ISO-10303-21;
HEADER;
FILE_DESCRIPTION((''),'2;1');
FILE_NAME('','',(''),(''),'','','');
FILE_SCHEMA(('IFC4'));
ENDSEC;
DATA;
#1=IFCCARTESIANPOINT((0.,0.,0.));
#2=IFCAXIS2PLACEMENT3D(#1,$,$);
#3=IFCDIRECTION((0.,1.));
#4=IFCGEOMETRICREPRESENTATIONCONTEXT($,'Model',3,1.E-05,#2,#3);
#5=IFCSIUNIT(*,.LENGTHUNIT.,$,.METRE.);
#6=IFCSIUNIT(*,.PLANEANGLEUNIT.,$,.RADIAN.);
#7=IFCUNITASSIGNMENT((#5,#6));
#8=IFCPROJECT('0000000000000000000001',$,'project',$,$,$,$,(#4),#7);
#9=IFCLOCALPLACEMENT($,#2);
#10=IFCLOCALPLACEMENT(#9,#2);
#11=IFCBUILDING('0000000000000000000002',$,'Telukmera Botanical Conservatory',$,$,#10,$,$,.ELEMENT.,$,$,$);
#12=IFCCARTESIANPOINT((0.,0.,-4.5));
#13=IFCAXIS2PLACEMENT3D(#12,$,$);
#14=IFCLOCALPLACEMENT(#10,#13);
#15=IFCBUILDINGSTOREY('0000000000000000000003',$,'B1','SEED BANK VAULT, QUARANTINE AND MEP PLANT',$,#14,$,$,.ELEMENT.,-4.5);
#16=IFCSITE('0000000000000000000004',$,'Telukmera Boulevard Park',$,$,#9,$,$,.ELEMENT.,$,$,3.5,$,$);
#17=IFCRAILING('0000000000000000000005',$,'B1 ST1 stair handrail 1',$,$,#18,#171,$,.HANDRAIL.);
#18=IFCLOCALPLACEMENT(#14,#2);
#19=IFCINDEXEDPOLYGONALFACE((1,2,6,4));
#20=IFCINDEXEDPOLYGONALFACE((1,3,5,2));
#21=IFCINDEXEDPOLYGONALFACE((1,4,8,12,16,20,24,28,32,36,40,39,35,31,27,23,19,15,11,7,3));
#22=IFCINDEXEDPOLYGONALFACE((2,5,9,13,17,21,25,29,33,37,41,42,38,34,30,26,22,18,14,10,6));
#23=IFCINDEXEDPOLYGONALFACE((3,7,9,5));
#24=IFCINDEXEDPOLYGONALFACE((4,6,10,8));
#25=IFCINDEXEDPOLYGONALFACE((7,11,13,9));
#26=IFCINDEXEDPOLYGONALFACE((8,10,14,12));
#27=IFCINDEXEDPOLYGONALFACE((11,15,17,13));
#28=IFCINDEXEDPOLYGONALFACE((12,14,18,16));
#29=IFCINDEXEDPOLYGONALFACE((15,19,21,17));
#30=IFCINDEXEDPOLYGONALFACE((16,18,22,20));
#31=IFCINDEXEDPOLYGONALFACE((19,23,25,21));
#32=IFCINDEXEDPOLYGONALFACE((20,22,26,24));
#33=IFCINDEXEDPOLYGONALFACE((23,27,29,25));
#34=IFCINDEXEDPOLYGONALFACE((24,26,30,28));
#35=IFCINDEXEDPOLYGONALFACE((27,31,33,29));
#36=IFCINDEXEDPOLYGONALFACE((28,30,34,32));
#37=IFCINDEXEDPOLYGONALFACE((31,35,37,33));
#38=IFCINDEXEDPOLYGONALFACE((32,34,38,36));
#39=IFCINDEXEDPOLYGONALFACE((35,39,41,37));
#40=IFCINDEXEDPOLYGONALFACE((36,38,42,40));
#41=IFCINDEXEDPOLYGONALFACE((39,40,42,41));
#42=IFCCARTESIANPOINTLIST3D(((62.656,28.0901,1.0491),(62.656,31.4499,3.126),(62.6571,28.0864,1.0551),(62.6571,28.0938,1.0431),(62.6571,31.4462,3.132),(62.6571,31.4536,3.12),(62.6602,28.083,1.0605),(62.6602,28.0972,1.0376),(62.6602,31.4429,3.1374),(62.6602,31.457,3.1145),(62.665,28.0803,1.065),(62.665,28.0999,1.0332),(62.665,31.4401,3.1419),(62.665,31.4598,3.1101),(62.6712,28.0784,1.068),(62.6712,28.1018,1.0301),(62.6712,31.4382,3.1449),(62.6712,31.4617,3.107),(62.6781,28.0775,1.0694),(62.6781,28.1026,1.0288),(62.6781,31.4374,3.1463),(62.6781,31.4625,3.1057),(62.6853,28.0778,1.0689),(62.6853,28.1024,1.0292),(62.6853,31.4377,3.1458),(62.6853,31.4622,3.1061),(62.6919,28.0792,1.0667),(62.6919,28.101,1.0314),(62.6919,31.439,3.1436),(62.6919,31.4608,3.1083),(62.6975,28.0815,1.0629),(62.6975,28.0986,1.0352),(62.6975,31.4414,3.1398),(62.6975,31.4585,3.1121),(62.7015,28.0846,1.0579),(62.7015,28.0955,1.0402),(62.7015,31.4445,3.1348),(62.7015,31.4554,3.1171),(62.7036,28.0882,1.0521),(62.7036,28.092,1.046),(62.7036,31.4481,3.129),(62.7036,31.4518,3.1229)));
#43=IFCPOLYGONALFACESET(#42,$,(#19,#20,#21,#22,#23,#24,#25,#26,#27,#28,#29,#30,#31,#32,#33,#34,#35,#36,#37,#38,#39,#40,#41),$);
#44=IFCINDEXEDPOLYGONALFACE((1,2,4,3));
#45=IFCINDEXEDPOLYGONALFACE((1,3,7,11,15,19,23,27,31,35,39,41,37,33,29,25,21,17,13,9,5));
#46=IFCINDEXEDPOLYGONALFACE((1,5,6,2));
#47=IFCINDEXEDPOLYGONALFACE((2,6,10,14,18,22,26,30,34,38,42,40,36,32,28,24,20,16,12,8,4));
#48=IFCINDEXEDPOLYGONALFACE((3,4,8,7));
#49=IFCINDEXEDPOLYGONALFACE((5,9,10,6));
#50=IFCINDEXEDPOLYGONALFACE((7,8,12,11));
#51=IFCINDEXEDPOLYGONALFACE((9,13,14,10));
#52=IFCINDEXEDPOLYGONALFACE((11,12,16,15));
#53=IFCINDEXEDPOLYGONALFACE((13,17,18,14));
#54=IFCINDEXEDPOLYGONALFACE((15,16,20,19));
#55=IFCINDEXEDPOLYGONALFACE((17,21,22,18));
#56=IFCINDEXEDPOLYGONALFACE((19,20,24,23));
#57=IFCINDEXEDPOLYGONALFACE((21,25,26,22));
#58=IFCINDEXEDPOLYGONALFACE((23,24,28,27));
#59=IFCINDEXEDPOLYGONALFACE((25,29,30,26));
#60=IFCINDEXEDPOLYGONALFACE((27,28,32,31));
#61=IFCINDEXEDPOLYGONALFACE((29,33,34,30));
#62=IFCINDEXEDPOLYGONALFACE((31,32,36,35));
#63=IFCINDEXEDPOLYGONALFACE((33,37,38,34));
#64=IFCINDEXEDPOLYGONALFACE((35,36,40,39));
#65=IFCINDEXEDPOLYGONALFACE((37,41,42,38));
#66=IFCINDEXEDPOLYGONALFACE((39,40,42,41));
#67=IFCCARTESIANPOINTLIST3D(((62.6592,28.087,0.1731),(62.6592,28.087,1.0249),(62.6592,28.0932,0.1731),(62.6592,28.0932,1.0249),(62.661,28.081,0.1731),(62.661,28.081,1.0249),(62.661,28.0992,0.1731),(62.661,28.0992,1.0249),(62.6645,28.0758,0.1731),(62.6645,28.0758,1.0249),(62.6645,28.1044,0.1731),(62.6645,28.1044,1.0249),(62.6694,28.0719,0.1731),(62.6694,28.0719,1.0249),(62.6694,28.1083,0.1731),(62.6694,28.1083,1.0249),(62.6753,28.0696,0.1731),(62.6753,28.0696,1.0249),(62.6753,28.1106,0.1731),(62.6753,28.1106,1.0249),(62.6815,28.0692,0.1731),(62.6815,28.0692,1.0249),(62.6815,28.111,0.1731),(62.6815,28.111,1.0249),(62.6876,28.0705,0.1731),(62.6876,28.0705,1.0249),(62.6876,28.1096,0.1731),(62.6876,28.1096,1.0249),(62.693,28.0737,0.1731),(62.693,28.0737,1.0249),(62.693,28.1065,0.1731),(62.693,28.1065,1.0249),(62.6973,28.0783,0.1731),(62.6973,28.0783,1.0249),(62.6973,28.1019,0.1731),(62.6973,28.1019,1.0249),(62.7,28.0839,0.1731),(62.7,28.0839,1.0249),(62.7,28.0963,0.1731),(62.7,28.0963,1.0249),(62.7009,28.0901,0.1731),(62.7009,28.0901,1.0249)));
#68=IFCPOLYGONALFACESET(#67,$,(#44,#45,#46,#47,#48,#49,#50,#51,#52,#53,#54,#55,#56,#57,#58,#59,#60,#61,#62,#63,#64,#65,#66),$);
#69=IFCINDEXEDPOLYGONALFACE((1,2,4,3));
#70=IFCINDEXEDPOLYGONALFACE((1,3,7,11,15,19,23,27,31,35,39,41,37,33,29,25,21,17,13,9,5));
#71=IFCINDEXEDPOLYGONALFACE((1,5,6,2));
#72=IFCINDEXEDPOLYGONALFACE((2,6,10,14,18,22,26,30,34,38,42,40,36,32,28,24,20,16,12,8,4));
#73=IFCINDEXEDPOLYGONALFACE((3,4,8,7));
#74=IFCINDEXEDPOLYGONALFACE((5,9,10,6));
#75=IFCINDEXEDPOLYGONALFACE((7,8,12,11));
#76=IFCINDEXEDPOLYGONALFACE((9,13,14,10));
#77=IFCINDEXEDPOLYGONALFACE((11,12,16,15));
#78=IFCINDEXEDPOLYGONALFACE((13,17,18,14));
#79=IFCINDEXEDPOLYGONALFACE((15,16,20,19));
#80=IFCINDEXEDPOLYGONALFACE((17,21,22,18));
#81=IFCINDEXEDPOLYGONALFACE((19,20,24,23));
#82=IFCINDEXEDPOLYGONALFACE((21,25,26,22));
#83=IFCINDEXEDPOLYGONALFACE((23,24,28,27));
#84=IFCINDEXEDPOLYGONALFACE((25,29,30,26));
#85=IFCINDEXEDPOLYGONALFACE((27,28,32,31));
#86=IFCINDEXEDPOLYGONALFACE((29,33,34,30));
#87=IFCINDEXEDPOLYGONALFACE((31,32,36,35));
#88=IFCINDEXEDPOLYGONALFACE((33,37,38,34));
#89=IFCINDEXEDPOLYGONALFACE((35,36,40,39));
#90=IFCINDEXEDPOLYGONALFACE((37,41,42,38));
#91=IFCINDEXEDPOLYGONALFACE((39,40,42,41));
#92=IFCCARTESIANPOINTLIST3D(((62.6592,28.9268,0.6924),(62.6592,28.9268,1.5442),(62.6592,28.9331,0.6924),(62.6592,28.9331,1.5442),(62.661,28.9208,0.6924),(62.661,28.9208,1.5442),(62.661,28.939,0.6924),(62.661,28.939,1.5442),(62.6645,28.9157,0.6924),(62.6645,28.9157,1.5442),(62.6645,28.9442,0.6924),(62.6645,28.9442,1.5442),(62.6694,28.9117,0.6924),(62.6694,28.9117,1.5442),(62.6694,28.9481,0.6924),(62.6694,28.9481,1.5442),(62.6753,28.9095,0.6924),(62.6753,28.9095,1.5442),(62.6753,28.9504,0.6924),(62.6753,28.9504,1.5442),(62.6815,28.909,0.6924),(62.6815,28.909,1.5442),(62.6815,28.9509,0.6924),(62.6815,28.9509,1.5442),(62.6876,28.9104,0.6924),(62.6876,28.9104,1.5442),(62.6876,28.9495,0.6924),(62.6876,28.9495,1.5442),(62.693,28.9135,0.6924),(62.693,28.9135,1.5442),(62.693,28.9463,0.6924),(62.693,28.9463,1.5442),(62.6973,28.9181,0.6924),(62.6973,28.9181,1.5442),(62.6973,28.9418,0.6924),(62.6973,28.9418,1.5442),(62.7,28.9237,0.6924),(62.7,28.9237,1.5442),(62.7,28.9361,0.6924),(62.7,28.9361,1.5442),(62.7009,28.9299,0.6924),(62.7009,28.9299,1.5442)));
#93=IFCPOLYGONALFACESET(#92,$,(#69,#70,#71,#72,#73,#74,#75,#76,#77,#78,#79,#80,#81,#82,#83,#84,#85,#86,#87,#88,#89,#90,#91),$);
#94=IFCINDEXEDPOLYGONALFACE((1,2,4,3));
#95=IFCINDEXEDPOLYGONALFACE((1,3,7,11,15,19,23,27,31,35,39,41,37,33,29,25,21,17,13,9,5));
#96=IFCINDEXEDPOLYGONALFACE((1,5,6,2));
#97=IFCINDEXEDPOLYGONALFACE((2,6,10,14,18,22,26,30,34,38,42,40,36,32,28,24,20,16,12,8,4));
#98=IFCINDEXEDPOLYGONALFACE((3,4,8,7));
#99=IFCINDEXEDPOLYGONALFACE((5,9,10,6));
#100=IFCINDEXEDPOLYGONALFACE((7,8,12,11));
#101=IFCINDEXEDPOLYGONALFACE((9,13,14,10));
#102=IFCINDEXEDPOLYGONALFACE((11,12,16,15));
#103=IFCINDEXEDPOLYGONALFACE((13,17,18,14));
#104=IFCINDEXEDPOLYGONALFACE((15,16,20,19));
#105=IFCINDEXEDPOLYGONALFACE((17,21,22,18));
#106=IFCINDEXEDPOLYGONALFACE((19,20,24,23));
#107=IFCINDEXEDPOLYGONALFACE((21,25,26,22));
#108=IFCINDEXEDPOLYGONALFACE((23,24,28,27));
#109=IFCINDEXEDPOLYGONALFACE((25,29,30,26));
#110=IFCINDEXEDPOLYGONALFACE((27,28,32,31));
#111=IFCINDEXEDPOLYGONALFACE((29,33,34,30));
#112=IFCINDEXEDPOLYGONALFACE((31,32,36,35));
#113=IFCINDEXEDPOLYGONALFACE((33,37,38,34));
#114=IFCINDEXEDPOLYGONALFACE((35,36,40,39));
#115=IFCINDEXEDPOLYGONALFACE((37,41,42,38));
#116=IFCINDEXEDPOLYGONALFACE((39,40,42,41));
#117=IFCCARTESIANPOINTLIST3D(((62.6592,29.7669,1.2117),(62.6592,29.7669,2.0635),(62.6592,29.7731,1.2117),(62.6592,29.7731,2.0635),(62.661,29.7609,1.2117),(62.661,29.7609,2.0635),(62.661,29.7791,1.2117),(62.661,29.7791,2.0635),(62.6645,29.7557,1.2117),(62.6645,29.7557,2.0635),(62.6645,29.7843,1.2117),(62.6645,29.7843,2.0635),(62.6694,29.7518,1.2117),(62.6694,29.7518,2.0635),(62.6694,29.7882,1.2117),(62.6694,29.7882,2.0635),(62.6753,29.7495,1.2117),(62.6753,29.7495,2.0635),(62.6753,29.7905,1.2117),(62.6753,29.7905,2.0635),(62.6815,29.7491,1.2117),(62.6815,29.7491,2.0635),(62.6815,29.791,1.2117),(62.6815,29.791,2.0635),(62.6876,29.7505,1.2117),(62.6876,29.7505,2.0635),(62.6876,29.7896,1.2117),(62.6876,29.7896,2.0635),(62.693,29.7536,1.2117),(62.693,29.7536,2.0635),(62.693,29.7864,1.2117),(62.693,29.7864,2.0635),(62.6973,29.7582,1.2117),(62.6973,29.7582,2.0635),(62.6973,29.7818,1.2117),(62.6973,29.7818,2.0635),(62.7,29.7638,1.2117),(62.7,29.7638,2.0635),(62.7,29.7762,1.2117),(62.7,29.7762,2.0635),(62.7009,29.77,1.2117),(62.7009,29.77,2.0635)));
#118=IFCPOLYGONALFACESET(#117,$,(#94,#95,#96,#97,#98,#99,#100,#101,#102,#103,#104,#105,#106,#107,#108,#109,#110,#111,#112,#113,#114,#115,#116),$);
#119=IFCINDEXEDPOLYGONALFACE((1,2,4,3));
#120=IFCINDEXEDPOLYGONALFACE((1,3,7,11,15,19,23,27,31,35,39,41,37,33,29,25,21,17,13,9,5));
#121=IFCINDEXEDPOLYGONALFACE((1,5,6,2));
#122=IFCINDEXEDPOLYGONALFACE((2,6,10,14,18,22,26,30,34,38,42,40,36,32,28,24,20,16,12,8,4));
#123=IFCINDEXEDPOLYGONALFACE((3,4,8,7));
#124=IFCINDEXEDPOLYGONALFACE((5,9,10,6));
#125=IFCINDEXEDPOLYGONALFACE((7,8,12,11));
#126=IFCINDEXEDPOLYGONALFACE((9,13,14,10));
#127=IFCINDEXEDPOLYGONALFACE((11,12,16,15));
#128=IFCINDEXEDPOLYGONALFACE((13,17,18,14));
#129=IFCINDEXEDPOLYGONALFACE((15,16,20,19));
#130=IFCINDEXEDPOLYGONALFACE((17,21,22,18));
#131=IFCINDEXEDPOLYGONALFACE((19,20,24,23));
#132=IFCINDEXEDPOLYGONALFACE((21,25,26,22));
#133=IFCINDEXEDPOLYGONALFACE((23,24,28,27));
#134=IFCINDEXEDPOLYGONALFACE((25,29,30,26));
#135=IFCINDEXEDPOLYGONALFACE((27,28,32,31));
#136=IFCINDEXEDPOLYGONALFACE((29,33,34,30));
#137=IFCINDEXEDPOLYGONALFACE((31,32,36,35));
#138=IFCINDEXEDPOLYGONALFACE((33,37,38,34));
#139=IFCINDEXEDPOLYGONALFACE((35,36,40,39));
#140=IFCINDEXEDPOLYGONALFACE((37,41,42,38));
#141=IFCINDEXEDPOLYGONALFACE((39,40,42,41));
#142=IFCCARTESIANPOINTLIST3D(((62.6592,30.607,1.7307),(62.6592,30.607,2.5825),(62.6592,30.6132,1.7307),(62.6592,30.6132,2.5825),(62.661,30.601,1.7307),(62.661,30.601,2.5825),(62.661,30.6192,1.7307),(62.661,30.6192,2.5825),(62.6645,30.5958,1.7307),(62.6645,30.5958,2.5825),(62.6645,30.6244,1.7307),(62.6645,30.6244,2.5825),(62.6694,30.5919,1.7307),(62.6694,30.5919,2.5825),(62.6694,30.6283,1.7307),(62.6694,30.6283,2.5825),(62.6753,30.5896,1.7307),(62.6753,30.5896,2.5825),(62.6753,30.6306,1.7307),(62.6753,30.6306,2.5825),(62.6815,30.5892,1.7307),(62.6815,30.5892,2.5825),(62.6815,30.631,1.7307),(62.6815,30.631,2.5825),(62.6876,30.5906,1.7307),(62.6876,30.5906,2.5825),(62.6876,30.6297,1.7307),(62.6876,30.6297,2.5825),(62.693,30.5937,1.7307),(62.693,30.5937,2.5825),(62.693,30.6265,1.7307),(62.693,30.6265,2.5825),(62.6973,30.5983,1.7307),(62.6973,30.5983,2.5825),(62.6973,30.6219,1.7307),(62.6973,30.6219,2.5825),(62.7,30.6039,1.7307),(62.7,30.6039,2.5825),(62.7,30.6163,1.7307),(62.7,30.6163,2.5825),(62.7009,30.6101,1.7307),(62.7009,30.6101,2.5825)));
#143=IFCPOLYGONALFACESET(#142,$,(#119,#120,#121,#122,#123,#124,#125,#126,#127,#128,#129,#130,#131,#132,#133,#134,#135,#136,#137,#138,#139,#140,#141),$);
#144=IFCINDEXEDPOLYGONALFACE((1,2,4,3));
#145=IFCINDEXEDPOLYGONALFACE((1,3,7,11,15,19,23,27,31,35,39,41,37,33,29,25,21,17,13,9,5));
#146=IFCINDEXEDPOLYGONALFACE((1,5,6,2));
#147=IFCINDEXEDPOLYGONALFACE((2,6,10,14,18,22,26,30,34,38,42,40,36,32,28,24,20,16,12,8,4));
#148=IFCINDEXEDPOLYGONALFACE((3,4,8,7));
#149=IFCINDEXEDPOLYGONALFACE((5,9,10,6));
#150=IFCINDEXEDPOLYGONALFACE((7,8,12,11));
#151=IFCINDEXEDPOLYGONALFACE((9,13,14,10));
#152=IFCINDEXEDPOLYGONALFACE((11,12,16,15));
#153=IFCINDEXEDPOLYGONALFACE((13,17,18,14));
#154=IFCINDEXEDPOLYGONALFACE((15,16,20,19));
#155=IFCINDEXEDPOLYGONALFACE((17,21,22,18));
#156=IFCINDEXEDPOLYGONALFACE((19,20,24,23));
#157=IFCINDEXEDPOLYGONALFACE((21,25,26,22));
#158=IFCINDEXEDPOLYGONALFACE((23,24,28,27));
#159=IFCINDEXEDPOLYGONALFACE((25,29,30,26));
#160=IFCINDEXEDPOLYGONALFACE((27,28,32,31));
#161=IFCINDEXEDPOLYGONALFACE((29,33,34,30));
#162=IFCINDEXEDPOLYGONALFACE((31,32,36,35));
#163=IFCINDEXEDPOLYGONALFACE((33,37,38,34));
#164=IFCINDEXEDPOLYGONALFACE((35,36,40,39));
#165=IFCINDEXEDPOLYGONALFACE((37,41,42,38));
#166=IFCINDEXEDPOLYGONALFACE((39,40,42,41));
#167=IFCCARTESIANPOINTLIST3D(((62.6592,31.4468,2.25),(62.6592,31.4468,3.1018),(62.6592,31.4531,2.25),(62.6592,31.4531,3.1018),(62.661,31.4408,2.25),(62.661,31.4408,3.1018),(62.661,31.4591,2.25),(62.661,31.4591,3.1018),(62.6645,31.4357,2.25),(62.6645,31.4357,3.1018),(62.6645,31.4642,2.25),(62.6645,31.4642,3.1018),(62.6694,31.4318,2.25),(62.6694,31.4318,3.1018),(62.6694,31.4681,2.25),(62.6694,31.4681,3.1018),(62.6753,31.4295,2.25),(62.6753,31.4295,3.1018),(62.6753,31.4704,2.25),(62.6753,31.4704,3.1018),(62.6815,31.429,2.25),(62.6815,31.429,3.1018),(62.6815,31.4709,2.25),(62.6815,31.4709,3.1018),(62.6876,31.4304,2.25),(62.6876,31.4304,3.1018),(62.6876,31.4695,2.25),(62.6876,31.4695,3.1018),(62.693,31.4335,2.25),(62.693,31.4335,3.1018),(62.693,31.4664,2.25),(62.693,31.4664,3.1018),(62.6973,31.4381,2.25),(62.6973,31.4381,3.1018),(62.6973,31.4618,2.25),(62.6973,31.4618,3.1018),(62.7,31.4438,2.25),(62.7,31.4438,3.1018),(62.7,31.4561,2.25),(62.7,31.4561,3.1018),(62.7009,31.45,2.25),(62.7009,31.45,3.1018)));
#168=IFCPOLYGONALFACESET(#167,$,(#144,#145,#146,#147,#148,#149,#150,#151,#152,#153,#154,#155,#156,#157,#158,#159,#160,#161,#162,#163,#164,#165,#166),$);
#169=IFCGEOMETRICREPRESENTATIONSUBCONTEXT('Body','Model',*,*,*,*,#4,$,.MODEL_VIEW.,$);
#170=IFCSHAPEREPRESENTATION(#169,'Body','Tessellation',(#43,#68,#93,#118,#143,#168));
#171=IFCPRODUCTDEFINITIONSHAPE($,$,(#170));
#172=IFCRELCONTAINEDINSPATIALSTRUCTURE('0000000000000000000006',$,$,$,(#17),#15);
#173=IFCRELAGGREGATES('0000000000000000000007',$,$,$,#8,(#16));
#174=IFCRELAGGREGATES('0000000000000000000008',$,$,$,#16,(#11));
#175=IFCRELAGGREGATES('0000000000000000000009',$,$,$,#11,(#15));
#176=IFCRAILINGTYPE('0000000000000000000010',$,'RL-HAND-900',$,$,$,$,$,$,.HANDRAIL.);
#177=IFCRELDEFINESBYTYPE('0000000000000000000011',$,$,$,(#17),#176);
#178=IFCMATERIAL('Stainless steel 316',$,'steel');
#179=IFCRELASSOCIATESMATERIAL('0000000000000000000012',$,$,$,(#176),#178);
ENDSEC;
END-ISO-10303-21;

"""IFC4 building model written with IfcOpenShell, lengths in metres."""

from ifc_helpers import new_model, si_unit, direction, frame, origin, origin_2d, place, context, subcontext, project, spatial, circle, extrude, material, type_object, element, save


model = new_model("IFC4")

# Units and contexts
model_context = context("Model", 3, precision=1e-05, world=origin(), true_north=direction((0.0, 1.0)))
body_context = subcontext(model_context, "Body", "Model", "MODEL_VIEW")
ifc_project = project(units=[si_unit("LENGTHUNIT", "METRE"), si_unit("PLANEANGLEUNIT", "RADIAN")], contexts=[model_context])

# Site, building, storey
site_placement = place(None, origin())
site = spatial("IfcSite", under=ifc_project, at=site_placement, Name="Telukmera Boulevard Park", CompositionType="ELEMENT", RefElevation=3.5)
building_placement = place(site_placement, origin())
building = spatial("IfcBuilding", under=site, at=building_placement, Name="Telukmera Botanical Conservatory", CompositionType="ELEMENT")
storey_placement = place(building_placement, frame((0.0, 0.0, -4.5)))
storey = spatial("IfcBuildingStorey", under=building, at=storey_placement, Name="B1", Description="SEED BANK VAULT, QUARANTINE AND MEP PLANT", CompositionType="ELEMENT", Elevation=-4.5)

# Railing
ifc_material_1 = material(Name="Stainless steel 316", Category="steel")
railing_type_1 = type_object("IfcRailingType", Name="RL-HAND-900", PredefinedType="HANDRAIL", material=ifc_material_1)
railing_1_placement = place(storey_placement, frame((62.6799, 28.0901, 0.1731)))
element("IfcRailing", 1, at=railing_1_placement, inside=storey, type_object=railing_type_1, Name="B1 ST1 stair handrail 1", PredefinedType="HANDRAIL", context=body_context, shape_type="SweptSolid", body=[
    extrude(circle(Radius=0.0239, at=origin_2d()), frame((0.0, 0.0, 0.876), z_axis=(0.0, 0.850606, 0.525803), x_axis=(-1.0, 0.0, 0.0)), (0.0, 0.0, 1.0), 3.95),
    extrude(circle(Radius=0.021, at=origin_2d()), origin(), (0.0, 0.0, 1.0), 0.8518),
    extrude(circle(Radius=0.021, at=origin_2d()), frame((0.0, 0.8398, 0.5193)), (0.0, 0.0, 1.0), 0.8518),
    extrude(circle(Radius=0.021, at=origin_2d()), frame((0.0, 1.6799, 1.0386)), (0.0, 0.0, 1.0), 0.8518),
    extrude(circle(Radius=0.021, at=origin_2d()), frame((0.0, 2.52, 1.5576)), (0.0, 0.0, 1.0), 0.8518),
    extrude(circle(Radius=0.021, at=origin_2d()), frame((0.0, 3.3599, 2.0769)), (0.0, 0.0, 1.0), 0.8518),
])

save(model, "model.ifc")
